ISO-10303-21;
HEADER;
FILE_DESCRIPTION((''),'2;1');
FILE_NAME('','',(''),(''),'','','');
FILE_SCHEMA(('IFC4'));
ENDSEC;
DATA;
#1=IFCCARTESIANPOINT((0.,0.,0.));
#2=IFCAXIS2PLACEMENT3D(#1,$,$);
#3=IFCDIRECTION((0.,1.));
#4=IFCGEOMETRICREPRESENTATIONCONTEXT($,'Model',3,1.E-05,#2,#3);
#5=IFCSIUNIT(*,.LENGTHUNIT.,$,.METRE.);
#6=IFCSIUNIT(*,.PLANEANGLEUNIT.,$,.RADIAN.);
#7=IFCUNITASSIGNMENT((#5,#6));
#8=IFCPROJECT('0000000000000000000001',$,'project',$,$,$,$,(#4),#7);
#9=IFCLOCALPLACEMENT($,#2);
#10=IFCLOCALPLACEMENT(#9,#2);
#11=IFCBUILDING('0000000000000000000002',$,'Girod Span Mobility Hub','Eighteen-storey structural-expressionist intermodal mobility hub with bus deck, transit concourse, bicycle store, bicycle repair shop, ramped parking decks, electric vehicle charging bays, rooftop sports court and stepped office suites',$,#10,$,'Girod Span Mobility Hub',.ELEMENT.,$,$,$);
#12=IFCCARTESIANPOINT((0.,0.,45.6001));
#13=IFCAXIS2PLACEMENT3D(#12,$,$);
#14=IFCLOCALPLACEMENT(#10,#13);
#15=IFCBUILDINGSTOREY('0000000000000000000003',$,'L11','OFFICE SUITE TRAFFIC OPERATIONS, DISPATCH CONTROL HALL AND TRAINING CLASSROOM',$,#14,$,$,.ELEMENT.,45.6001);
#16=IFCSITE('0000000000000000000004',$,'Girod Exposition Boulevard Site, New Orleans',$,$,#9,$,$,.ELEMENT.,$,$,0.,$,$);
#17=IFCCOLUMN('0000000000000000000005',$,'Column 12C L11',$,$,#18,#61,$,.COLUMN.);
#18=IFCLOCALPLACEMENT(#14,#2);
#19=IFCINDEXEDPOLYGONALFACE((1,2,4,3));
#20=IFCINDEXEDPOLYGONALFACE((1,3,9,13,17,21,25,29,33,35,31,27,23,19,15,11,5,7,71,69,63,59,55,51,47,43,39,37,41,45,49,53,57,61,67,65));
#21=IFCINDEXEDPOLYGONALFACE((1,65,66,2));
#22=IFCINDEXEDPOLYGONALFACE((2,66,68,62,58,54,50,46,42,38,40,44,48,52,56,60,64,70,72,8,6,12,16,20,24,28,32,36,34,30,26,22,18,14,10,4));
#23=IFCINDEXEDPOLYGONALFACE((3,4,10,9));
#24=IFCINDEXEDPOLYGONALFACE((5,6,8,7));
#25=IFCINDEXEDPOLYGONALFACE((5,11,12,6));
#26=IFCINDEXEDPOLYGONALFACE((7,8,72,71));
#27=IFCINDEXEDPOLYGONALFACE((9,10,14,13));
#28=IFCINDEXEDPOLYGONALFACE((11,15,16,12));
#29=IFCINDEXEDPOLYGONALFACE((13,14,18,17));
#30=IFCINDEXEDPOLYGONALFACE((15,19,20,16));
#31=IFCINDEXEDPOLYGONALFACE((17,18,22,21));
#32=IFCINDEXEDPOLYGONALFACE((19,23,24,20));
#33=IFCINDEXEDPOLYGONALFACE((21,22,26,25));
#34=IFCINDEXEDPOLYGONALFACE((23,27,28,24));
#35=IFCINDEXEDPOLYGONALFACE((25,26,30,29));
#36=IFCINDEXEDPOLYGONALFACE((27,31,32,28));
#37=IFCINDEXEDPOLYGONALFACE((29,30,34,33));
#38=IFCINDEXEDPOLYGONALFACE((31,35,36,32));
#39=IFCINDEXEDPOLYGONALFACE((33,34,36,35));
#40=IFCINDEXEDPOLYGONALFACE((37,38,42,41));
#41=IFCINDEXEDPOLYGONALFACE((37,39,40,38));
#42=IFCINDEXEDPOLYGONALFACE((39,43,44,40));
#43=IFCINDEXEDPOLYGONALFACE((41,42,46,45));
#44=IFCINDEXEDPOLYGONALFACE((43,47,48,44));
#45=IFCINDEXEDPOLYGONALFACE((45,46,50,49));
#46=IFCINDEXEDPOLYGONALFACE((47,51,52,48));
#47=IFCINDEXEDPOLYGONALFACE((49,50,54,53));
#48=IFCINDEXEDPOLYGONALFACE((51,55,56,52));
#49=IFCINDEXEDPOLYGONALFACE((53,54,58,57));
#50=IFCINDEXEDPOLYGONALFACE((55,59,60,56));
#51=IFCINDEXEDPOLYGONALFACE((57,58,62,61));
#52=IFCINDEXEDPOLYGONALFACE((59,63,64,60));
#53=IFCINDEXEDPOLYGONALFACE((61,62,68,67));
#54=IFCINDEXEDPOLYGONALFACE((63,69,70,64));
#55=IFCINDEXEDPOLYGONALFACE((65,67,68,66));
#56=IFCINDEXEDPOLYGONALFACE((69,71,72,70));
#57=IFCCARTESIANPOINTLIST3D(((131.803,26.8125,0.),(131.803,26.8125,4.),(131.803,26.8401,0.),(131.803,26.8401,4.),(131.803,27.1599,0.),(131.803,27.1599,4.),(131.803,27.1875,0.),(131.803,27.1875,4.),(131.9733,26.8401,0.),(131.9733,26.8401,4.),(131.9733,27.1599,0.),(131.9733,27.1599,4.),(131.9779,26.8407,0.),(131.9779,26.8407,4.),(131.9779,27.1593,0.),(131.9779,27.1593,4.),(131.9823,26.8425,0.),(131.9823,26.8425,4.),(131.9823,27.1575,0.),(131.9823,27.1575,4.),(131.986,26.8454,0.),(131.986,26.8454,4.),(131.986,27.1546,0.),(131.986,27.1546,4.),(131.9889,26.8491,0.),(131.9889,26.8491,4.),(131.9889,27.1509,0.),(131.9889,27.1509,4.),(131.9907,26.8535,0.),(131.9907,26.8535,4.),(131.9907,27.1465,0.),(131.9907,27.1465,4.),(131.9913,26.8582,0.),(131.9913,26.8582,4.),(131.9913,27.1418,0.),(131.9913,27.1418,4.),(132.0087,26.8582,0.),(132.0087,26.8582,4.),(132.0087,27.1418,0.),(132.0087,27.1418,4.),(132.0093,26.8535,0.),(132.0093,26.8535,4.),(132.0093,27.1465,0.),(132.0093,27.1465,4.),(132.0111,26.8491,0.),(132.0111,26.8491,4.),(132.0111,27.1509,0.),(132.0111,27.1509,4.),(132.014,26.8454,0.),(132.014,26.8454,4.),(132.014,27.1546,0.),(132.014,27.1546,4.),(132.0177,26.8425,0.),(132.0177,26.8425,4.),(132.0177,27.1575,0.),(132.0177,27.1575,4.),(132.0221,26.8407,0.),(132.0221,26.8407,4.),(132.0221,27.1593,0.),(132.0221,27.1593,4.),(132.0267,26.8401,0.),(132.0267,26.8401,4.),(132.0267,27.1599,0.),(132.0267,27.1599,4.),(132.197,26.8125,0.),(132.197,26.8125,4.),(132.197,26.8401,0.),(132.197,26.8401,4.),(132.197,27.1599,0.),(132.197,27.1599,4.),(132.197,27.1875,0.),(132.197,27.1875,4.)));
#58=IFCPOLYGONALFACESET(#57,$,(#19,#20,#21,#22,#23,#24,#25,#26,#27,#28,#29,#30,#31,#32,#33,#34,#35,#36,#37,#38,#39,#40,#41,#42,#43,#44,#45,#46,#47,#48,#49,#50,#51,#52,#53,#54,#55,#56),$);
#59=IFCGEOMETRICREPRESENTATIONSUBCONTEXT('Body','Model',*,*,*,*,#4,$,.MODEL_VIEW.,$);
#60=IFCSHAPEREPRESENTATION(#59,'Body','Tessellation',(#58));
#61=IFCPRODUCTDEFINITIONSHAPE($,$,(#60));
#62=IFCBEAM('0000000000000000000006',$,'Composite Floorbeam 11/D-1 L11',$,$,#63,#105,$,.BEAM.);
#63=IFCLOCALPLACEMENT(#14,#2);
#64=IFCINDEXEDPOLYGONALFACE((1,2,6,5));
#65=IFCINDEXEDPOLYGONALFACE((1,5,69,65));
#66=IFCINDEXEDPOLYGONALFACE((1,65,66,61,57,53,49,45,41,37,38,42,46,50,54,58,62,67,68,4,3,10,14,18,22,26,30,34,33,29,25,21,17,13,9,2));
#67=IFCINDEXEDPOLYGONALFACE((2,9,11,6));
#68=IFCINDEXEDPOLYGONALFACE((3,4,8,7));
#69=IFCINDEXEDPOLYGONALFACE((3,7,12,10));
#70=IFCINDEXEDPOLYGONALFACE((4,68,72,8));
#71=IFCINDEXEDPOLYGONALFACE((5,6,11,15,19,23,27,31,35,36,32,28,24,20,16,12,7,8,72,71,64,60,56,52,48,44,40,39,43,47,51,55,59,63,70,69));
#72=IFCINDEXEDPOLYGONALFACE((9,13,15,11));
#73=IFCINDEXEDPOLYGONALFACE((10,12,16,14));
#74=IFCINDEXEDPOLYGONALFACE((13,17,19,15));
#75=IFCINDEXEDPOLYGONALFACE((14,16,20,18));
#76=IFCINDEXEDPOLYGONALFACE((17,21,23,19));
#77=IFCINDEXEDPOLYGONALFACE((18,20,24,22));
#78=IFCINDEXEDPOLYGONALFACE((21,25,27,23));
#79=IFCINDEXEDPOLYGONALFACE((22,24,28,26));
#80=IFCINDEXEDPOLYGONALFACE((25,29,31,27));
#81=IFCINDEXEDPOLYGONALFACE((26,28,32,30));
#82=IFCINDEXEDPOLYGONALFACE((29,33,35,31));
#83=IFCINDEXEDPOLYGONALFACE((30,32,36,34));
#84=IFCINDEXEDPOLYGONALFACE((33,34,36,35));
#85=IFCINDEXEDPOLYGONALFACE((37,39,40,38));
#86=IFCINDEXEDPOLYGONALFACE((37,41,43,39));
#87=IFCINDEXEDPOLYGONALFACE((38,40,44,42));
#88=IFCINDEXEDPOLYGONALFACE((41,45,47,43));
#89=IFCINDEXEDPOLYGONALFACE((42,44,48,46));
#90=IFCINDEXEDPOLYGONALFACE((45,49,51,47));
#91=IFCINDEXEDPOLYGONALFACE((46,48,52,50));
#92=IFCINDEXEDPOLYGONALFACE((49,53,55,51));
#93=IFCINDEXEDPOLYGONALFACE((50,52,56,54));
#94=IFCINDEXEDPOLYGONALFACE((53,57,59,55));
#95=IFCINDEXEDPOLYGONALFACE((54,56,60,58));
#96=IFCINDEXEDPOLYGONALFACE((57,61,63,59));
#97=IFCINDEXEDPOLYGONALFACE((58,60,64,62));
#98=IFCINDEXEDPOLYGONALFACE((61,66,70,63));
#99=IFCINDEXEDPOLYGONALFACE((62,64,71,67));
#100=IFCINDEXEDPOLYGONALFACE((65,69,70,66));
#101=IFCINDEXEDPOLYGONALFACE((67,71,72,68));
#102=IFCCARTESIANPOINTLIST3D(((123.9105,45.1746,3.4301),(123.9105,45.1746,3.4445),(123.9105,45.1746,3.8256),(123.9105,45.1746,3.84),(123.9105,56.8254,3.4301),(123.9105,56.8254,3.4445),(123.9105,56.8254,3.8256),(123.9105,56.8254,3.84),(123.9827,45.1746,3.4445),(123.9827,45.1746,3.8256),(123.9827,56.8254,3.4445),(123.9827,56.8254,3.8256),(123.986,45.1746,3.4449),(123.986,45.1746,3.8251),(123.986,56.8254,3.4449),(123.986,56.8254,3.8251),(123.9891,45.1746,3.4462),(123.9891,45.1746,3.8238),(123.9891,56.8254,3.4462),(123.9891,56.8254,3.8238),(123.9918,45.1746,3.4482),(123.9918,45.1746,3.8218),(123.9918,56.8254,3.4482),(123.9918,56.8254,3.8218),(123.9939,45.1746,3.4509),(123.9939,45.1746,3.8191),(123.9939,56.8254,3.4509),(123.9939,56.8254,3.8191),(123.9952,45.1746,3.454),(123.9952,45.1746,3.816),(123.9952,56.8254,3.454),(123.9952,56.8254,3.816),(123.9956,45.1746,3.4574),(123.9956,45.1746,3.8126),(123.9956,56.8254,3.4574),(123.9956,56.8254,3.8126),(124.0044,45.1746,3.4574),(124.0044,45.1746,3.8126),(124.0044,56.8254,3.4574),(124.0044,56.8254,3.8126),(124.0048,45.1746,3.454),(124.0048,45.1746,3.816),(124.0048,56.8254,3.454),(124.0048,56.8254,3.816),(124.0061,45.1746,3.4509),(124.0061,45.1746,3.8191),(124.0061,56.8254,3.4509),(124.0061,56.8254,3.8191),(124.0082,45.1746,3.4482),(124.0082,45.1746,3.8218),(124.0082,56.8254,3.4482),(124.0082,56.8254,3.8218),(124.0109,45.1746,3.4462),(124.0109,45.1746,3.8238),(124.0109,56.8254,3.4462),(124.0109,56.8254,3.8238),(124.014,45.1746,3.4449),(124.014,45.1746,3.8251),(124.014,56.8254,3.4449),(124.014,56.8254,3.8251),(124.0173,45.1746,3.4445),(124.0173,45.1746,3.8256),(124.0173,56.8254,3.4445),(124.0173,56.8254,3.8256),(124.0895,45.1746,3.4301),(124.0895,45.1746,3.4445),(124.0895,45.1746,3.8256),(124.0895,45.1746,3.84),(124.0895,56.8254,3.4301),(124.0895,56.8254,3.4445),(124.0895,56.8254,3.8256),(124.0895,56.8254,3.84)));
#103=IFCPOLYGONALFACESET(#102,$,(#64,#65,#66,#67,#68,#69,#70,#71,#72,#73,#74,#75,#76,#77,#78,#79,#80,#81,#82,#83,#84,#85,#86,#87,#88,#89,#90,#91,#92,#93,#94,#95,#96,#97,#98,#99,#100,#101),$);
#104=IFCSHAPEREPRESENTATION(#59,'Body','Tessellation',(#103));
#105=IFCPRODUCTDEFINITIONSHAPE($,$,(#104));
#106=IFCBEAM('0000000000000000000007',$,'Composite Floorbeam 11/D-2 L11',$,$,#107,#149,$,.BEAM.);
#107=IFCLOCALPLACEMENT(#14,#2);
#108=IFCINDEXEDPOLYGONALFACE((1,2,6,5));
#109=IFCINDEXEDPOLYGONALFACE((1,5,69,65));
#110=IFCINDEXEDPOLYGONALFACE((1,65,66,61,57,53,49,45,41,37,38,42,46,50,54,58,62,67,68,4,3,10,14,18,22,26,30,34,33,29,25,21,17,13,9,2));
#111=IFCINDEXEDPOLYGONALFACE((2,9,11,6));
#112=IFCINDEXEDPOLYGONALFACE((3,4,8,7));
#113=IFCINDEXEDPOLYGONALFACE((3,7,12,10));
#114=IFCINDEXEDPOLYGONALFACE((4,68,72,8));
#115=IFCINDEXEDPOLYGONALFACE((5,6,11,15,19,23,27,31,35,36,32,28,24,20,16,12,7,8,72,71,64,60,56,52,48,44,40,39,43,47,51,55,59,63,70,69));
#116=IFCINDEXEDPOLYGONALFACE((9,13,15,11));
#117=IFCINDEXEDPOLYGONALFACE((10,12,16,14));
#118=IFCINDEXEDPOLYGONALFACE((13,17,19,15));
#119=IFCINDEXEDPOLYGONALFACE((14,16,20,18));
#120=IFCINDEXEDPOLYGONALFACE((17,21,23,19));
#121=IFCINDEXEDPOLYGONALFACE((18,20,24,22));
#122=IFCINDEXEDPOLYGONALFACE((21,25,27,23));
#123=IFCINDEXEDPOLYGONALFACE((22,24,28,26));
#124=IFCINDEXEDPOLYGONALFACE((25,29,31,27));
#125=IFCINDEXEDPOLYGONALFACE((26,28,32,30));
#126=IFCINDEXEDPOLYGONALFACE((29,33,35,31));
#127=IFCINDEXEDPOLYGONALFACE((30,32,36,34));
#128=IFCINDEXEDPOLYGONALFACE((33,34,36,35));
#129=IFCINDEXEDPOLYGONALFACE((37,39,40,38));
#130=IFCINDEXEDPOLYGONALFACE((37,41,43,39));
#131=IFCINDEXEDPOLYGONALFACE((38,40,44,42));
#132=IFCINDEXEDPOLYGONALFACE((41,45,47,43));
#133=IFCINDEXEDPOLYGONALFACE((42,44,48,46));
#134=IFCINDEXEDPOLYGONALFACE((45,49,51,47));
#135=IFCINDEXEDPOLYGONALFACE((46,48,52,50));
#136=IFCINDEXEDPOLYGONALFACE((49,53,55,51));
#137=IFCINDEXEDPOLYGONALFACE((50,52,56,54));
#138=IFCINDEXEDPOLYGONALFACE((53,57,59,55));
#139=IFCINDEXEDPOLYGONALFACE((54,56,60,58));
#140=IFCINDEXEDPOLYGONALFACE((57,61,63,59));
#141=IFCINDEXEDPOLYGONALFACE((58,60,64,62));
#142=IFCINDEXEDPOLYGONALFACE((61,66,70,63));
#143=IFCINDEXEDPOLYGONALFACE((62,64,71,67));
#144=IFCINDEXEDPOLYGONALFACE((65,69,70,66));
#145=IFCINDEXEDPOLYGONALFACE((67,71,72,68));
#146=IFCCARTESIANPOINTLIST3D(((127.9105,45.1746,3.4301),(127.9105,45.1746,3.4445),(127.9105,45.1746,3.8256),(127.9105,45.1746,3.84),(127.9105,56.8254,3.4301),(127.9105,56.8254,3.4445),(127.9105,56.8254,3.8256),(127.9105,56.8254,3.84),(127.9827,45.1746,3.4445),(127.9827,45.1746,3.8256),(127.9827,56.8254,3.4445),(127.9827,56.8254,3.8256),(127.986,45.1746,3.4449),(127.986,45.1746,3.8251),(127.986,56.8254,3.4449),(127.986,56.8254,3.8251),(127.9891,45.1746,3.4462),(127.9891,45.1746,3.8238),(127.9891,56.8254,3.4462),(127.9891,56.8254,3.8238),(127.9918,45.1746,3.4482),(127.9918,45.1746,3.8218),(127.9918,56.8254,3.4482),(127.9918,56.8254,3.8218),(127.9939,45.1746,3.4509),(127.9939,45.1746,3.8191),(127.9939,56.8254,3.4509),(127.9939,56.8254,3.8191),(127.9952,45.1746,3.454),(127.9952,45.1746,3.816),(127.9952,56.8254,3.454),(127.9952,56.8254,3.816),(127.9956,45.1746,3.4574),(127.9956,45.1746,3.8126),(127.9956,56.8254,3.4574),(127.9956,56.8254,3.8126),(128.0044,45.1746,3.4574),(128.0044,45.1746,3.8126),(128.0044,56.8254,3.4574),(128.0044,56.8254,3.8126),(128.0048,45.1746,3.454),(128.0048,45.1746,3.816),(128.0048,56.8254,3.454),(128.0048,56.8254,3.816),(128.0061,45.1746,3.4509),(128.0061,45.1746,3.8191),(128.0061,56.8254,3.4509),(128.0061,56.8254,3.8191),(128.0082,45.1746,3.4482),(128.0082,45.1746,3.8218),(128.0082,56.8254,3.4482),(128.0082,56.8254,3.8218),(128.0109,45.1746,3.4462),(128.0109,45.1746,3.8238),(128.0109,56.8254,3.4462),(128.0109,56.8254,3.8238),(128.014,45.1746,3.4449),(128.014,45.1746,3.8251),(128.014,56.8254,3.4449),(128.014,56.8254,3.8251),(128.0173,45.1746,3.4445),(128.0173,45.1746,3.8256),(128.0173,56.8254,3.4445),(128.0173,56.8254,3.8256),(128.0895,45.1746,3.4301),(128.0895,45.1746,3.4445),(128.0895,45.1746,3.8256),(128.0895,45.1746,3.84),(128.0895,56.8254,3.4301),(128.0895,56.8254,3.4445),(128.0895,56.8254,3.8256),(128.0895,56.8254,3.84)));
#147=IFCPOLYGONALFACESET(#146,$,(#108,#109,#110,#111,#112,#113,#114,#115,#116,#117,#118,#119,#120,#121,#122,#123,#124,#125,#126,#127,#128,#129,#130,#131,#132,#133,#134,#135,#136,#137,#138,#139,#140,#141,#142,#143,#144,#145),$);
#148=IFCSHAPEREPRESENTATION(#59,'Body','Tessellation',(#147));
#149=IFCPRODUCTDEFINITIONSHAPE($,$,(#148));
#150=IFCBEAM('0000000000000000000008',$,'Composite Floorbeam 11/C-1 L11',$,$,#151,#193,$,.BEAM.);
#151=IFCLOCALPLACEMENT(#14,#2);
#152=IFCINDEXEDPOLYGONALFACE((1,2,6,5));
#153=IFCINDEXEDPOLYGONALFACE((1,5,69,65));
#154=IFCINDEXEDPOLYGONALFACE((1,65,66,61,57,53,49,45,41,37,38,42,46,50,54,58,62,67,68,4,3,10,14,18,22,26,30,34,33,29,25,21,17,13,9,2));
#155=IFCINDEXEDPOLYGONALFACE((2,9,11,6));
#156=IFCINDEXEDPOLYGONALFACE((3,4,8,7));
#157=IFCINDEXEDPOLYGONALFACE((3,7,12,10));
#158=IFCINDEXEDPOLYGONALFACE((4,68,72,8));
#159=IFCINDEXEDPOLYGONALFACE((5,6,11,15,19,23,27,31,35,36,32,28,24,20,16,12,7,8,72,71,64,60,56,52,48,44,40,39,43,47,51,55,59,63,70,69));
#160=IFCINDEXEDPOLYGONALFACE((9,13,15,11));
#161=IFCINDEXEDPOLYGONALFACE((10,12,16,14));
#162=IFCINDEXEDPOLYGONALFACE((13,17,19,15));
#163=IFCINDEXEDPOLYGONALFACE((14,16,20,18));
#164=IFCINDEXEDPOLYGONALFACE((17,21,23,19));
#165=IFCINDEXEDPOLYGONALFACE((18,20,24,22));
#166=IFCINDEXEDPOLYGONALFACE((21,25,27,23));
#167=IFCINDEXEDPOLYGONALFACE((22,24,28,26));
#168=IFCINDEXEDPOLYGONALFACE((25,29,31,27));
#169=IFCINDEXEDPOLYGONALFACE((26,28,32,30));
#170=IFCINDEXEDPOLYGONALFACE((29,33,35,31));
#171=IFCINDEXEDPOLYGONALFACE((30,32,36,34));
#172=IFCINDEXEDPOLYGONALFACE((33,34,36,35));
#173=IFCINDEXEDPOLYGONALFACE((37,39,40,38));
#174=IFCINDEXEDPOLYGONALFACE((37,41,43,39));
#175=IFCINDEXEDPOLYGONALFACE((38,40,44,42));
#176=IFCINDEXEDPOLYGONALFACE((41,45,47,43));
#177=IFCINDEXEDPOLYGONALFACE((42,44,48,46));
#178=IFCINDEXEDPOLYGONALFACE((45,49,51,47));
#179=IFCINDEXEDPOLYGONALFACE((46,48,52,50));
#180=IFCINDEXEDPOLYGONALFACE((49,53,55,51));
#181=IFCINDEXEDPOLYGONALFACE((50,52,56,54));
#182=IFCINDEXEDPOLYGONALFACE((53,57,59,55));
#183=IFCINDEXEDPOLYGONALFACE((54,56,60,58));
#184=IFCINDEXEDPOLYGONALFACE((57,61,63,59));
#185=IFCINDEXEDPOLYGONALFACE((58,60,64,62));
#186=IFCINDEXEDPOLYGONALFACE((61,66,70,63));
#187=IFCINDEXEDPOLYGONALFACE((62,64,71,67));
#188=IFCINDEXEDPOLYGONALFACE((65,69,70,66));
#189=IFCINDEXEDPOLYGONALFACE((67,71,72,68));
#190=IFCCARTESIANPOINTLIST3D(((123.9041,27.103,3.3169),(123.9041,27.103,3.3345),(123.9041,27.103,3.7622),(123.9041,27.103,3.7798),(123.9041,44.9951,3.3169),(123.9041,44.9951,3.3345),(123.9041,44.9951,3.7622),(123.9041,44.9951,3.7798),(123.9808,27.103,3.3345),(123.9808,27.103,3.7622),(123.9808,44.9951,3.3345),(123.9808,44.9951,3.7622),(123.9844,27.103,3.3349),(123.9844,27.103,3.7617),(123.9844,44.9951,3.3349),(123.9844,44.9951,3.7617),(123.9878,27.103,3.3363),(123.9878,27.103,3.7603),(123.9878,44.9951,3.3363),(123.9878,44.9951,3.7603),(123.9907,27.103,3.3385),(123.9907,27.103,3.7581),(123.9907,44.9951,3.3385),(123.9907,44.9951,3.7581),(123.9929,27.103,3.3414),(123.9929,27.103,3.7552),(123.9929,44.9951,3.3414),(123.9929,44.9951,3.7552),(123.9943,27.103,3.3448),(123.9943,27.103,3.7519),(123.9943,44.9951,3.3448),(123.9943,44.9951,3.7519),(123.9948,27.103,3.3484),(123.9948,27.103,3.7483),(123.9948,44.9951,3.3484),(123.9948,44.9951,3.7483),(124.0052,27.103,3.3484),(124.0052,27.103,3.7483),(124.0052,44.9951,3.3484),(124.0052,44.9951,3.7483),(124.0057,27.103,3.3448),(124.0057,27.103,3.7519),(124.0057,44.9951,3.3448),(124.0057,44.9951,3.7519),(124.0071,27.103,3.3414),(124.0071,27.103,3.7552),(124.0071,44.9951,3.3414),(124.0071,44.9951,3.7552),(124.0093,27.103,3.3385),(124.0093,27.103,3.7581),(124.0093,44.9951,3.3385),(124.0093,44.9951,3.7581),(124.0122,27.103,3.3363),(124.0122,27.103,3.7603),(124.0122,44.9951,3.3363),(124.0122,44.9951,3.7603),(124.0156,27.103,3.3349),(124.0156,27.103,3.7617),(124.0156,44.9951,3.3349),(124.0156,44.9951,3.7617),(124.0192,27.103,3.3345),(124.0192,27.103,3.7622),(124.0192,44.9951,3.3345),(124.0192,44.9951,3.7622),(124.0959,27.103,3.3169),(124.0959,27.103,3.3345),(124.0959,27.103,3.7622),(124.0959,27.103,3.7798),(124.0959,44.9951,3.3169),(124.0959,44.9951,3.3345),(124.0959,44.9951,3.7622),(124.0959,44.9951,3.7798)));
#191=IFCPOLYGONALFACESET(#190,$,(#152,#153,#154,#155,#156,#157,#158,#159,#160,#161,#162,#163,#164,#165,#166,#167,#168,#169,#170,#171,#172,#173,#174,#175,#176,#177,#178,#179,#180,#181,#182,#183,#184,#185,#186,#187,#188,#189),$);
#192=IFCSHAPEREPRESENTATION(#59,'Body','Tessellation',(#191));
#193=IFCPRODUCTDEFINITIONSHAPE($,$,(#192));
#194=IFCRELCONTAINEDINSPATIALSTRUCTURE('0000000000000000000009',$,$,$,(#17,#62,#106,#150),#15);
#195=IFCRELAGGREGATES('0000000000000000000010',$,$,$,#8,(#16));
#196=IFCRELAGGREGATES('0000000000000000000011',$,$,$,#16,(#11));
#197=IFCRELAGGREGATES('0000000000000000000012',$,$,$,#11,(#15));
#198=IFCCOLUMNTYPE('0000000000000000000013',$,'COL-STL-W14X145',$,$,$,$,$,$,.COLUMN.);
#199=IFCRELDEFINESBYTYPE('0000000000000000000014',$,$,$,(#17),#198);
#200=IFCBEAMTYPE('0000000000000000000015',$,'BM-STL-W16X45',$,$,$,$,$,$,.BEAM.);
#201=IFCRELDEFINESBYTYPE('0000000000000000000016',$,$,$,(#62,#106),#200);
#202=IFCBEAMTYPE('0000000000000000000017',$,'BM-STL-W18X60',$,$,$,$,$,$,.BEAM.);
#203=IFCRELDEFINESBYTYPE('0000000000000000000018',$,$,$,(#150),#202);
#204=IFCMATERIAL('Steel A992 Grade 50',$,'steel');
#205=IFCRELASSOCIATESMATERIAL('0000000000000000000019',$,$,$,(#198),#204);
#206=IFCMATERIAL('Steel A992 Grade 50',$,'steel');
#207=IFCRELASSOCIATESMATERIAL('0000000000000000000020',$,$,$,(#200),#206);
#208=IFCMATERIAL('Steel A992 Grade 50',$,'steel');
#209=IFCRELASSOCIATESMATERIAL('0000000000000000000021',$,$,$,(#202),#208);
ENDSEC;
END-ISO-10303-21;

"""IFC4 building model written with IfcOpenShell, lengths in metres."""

from ifc_helpers import new_model, si_unit, direction, frame, origin, origin_2d, place, context, subcontext, project, spatial, i_section, extrude, material, material_profile, profile_set, type_object, element, save


model = new_model("IFC4")

# Units and contexts
model_context = context("Model", 3, precision=1e-05, world=origin(), true_north=direction((0.0, 1.0)))
body_context = subcontext(model_context, "Body", "Model", "MODEL_VIEW")
ifc_project = project(units=[si_unit("LENGTHUNIT", "METRE"), si_unit("PLANEANGLEUNIT", "RADIAN")], contexts=[model_context])

# Site, building, storey
site_placement = place(None, origin())
site = spatial("IfcSite", under=ifc_project, at=site_placement, Name="Girod Exposition Boulevard Site, New Orleans", CompositionType="ELEMENT", RefElevation=0.0)
building_placement = place(site_placement, origin())
building = spatial("IfcBuilding", under=site, at=building_placement, Name="Girod Span Mobility Hub", Description="Eighteen-storey structural-expressionist intermodal mobility hub with bus deck, transit concourse, bicycle store, bicycle repair shop, ramped parking decks, electric vehicle charging bays, rooftop sports court and stepped office suites", LongName="Girod Span Mobility Hub", CompositionType="ELEMENT")
storey_placement = place(building_placement, frame((0.0, 0.0, 45.6001)))
storey = spatial("IfcBuildingStorey", under=building, at=storey_placement, Name="L11", Description="OFFICE SUITE TRAFFIC OPERATIONS, DISPATCH CONTROL HALL AND TRAINING CLASSROOM", CompositionType="ELEMENT", Elevation=45.6001)

# Column
ifc_material_1 = material(Name="Steel A992 Grade 50", Category="steel")
ifc_material_profile_1 = material_profile(ifc_material_1, i_section(OverallWidth=0.394, OverallDepth=0.375, WebThickness=0.0173, FlangeThickness=0.0276, FilletRadius=0.0181, at=origin_2d()), Name="W14X145")
ifc_profile_set_1 = profile_set([ifc_material_profile_1], Name="Steel A992 Grade 50")
column_type = type_object("IfcColumnType", Name="COL-STL-W14X145", PredefinedType="COLUMN", material=ifc_profile_set_1)
column_placement = place(storey_placement, frame((132.0, 27.0, 0.0), z_axis=(0.0, 0.0, 1.0), x_axis=(1.0, 0.0, 0.0)))
element("IfcColumn", 1, at=column_placement, inside=storey, type_object=column_type, Name="Column 12C L11", PredefinedType="COLUMN", context=body_context, shape_type="SweptSolid", body=[
    extrude(i_section(OverallWidth=0.394, OverallDepth=0.375, WebThickness=0.0173, FlangeThickness=0.0276, FilletRadius=0.0181, at=origin_2d()), origin(), (0.0, 0.0, 1.0), 4.0),
])

# Beams
ifc_material_2 = material(Name="Steel A992 Grade 50", Category="steel")
ifc_material_profile_2 = material_profile(ifc_material_2, i_section(OverallWidth=0.179, OverallDepth=0.4099, WebThickness=0.0088, FlangeThickness=0.0144, FilletRadius=0.0129, at=origin_2d()), Name="W16X45")
ifc_profile_set_2 = profile_set([ifc_material_profile_2], Name="Steel A992 Grade 50")
beam_type_1 = type_object("IfcBeamType", Name="BM-STL-W16X45", PredefinedType="BEAM", material=ifc_profile_set_2)
for number, where, z_axis, x_axis, name in (
    (2, (124.0, 45.1746, 3.635), (0.0, 1.0, 0.0), (-1.0, 0.0, 0.0), "Composite Floorbeam 11/D-1 L11"),
    (3, (128.0, 45.1746, 3.635), (0.0, 1.0, 0.0), (-1.0, 0.0, 0.0), "Composite Floorbeam 11/D-2 L11"),
):
    element("IfcBeam", number, at=place(storey_placement, frame(where, z_axis=z_axis, x_axis=x_axis)), inside=storey, type_object=beam_type_1, Name=name, PredefinedType="BEAM", context=body_context, shape_type="SweptSolid", body=[
        extrude(i_section(OverallWidth=0.179, OverallDepth=0.4099, WebThickness=0.0088, FlangeThickness=0.0144, FilletRadius=0.0129, at=origin_2d()), origin(), (0.0, 0.0, 1.0), 11.6509),
    ])
ifc_material_3 = material(Name="Steel A992 Grade 50", Category="steel")
ifc_material_profile_3 = material_profile(ifc_material_3, i_section(OverallWidth=0.1919, OverallDepth=0.4629, WebThickness=0.0105, FlangeThickness=0.0176, FilletRadius=0.0139, at=origin_2d()), Name="W18X60")
ifc_profile_set_3 = profile_set([ifc_material_profile_3], Name="Steel A992 Grade 50")
beam_type_2 = type_object("IfcBeamType", Name="BM-STL-W18X60", PredefinedType="BEAM", material=ifc_profile_set_3)
for number, where, z_axis, x_axis, name in (
    (4, (124.0, 27.103, 3.5483), (0.0, 1.0, 0.0), (-1.0, 0.0, 0.0), "Composite Floorbeam 11/C-1 L11"),
):
    element("IfcBeam", number, at=place(storey_placement, frame(where, z_axis=z_axis, x_axis=x_axis)), inside=storey, type_object=beam_type_2, Name=name, PredefinedType="BEAM", context=body_context, shape_type="SweptSolid", body=[
        extrude(i_section(OverallWidth=0.1919, OverallDepth=0.4629, WebThickness=0.0105, FlangeThickness=0.0176, FilletRadius=0.0139, at=origin_2d()), origin(), (0.0, 0.0, 1.0), 17.8921),
    ])

save(model, "model.ifc")
